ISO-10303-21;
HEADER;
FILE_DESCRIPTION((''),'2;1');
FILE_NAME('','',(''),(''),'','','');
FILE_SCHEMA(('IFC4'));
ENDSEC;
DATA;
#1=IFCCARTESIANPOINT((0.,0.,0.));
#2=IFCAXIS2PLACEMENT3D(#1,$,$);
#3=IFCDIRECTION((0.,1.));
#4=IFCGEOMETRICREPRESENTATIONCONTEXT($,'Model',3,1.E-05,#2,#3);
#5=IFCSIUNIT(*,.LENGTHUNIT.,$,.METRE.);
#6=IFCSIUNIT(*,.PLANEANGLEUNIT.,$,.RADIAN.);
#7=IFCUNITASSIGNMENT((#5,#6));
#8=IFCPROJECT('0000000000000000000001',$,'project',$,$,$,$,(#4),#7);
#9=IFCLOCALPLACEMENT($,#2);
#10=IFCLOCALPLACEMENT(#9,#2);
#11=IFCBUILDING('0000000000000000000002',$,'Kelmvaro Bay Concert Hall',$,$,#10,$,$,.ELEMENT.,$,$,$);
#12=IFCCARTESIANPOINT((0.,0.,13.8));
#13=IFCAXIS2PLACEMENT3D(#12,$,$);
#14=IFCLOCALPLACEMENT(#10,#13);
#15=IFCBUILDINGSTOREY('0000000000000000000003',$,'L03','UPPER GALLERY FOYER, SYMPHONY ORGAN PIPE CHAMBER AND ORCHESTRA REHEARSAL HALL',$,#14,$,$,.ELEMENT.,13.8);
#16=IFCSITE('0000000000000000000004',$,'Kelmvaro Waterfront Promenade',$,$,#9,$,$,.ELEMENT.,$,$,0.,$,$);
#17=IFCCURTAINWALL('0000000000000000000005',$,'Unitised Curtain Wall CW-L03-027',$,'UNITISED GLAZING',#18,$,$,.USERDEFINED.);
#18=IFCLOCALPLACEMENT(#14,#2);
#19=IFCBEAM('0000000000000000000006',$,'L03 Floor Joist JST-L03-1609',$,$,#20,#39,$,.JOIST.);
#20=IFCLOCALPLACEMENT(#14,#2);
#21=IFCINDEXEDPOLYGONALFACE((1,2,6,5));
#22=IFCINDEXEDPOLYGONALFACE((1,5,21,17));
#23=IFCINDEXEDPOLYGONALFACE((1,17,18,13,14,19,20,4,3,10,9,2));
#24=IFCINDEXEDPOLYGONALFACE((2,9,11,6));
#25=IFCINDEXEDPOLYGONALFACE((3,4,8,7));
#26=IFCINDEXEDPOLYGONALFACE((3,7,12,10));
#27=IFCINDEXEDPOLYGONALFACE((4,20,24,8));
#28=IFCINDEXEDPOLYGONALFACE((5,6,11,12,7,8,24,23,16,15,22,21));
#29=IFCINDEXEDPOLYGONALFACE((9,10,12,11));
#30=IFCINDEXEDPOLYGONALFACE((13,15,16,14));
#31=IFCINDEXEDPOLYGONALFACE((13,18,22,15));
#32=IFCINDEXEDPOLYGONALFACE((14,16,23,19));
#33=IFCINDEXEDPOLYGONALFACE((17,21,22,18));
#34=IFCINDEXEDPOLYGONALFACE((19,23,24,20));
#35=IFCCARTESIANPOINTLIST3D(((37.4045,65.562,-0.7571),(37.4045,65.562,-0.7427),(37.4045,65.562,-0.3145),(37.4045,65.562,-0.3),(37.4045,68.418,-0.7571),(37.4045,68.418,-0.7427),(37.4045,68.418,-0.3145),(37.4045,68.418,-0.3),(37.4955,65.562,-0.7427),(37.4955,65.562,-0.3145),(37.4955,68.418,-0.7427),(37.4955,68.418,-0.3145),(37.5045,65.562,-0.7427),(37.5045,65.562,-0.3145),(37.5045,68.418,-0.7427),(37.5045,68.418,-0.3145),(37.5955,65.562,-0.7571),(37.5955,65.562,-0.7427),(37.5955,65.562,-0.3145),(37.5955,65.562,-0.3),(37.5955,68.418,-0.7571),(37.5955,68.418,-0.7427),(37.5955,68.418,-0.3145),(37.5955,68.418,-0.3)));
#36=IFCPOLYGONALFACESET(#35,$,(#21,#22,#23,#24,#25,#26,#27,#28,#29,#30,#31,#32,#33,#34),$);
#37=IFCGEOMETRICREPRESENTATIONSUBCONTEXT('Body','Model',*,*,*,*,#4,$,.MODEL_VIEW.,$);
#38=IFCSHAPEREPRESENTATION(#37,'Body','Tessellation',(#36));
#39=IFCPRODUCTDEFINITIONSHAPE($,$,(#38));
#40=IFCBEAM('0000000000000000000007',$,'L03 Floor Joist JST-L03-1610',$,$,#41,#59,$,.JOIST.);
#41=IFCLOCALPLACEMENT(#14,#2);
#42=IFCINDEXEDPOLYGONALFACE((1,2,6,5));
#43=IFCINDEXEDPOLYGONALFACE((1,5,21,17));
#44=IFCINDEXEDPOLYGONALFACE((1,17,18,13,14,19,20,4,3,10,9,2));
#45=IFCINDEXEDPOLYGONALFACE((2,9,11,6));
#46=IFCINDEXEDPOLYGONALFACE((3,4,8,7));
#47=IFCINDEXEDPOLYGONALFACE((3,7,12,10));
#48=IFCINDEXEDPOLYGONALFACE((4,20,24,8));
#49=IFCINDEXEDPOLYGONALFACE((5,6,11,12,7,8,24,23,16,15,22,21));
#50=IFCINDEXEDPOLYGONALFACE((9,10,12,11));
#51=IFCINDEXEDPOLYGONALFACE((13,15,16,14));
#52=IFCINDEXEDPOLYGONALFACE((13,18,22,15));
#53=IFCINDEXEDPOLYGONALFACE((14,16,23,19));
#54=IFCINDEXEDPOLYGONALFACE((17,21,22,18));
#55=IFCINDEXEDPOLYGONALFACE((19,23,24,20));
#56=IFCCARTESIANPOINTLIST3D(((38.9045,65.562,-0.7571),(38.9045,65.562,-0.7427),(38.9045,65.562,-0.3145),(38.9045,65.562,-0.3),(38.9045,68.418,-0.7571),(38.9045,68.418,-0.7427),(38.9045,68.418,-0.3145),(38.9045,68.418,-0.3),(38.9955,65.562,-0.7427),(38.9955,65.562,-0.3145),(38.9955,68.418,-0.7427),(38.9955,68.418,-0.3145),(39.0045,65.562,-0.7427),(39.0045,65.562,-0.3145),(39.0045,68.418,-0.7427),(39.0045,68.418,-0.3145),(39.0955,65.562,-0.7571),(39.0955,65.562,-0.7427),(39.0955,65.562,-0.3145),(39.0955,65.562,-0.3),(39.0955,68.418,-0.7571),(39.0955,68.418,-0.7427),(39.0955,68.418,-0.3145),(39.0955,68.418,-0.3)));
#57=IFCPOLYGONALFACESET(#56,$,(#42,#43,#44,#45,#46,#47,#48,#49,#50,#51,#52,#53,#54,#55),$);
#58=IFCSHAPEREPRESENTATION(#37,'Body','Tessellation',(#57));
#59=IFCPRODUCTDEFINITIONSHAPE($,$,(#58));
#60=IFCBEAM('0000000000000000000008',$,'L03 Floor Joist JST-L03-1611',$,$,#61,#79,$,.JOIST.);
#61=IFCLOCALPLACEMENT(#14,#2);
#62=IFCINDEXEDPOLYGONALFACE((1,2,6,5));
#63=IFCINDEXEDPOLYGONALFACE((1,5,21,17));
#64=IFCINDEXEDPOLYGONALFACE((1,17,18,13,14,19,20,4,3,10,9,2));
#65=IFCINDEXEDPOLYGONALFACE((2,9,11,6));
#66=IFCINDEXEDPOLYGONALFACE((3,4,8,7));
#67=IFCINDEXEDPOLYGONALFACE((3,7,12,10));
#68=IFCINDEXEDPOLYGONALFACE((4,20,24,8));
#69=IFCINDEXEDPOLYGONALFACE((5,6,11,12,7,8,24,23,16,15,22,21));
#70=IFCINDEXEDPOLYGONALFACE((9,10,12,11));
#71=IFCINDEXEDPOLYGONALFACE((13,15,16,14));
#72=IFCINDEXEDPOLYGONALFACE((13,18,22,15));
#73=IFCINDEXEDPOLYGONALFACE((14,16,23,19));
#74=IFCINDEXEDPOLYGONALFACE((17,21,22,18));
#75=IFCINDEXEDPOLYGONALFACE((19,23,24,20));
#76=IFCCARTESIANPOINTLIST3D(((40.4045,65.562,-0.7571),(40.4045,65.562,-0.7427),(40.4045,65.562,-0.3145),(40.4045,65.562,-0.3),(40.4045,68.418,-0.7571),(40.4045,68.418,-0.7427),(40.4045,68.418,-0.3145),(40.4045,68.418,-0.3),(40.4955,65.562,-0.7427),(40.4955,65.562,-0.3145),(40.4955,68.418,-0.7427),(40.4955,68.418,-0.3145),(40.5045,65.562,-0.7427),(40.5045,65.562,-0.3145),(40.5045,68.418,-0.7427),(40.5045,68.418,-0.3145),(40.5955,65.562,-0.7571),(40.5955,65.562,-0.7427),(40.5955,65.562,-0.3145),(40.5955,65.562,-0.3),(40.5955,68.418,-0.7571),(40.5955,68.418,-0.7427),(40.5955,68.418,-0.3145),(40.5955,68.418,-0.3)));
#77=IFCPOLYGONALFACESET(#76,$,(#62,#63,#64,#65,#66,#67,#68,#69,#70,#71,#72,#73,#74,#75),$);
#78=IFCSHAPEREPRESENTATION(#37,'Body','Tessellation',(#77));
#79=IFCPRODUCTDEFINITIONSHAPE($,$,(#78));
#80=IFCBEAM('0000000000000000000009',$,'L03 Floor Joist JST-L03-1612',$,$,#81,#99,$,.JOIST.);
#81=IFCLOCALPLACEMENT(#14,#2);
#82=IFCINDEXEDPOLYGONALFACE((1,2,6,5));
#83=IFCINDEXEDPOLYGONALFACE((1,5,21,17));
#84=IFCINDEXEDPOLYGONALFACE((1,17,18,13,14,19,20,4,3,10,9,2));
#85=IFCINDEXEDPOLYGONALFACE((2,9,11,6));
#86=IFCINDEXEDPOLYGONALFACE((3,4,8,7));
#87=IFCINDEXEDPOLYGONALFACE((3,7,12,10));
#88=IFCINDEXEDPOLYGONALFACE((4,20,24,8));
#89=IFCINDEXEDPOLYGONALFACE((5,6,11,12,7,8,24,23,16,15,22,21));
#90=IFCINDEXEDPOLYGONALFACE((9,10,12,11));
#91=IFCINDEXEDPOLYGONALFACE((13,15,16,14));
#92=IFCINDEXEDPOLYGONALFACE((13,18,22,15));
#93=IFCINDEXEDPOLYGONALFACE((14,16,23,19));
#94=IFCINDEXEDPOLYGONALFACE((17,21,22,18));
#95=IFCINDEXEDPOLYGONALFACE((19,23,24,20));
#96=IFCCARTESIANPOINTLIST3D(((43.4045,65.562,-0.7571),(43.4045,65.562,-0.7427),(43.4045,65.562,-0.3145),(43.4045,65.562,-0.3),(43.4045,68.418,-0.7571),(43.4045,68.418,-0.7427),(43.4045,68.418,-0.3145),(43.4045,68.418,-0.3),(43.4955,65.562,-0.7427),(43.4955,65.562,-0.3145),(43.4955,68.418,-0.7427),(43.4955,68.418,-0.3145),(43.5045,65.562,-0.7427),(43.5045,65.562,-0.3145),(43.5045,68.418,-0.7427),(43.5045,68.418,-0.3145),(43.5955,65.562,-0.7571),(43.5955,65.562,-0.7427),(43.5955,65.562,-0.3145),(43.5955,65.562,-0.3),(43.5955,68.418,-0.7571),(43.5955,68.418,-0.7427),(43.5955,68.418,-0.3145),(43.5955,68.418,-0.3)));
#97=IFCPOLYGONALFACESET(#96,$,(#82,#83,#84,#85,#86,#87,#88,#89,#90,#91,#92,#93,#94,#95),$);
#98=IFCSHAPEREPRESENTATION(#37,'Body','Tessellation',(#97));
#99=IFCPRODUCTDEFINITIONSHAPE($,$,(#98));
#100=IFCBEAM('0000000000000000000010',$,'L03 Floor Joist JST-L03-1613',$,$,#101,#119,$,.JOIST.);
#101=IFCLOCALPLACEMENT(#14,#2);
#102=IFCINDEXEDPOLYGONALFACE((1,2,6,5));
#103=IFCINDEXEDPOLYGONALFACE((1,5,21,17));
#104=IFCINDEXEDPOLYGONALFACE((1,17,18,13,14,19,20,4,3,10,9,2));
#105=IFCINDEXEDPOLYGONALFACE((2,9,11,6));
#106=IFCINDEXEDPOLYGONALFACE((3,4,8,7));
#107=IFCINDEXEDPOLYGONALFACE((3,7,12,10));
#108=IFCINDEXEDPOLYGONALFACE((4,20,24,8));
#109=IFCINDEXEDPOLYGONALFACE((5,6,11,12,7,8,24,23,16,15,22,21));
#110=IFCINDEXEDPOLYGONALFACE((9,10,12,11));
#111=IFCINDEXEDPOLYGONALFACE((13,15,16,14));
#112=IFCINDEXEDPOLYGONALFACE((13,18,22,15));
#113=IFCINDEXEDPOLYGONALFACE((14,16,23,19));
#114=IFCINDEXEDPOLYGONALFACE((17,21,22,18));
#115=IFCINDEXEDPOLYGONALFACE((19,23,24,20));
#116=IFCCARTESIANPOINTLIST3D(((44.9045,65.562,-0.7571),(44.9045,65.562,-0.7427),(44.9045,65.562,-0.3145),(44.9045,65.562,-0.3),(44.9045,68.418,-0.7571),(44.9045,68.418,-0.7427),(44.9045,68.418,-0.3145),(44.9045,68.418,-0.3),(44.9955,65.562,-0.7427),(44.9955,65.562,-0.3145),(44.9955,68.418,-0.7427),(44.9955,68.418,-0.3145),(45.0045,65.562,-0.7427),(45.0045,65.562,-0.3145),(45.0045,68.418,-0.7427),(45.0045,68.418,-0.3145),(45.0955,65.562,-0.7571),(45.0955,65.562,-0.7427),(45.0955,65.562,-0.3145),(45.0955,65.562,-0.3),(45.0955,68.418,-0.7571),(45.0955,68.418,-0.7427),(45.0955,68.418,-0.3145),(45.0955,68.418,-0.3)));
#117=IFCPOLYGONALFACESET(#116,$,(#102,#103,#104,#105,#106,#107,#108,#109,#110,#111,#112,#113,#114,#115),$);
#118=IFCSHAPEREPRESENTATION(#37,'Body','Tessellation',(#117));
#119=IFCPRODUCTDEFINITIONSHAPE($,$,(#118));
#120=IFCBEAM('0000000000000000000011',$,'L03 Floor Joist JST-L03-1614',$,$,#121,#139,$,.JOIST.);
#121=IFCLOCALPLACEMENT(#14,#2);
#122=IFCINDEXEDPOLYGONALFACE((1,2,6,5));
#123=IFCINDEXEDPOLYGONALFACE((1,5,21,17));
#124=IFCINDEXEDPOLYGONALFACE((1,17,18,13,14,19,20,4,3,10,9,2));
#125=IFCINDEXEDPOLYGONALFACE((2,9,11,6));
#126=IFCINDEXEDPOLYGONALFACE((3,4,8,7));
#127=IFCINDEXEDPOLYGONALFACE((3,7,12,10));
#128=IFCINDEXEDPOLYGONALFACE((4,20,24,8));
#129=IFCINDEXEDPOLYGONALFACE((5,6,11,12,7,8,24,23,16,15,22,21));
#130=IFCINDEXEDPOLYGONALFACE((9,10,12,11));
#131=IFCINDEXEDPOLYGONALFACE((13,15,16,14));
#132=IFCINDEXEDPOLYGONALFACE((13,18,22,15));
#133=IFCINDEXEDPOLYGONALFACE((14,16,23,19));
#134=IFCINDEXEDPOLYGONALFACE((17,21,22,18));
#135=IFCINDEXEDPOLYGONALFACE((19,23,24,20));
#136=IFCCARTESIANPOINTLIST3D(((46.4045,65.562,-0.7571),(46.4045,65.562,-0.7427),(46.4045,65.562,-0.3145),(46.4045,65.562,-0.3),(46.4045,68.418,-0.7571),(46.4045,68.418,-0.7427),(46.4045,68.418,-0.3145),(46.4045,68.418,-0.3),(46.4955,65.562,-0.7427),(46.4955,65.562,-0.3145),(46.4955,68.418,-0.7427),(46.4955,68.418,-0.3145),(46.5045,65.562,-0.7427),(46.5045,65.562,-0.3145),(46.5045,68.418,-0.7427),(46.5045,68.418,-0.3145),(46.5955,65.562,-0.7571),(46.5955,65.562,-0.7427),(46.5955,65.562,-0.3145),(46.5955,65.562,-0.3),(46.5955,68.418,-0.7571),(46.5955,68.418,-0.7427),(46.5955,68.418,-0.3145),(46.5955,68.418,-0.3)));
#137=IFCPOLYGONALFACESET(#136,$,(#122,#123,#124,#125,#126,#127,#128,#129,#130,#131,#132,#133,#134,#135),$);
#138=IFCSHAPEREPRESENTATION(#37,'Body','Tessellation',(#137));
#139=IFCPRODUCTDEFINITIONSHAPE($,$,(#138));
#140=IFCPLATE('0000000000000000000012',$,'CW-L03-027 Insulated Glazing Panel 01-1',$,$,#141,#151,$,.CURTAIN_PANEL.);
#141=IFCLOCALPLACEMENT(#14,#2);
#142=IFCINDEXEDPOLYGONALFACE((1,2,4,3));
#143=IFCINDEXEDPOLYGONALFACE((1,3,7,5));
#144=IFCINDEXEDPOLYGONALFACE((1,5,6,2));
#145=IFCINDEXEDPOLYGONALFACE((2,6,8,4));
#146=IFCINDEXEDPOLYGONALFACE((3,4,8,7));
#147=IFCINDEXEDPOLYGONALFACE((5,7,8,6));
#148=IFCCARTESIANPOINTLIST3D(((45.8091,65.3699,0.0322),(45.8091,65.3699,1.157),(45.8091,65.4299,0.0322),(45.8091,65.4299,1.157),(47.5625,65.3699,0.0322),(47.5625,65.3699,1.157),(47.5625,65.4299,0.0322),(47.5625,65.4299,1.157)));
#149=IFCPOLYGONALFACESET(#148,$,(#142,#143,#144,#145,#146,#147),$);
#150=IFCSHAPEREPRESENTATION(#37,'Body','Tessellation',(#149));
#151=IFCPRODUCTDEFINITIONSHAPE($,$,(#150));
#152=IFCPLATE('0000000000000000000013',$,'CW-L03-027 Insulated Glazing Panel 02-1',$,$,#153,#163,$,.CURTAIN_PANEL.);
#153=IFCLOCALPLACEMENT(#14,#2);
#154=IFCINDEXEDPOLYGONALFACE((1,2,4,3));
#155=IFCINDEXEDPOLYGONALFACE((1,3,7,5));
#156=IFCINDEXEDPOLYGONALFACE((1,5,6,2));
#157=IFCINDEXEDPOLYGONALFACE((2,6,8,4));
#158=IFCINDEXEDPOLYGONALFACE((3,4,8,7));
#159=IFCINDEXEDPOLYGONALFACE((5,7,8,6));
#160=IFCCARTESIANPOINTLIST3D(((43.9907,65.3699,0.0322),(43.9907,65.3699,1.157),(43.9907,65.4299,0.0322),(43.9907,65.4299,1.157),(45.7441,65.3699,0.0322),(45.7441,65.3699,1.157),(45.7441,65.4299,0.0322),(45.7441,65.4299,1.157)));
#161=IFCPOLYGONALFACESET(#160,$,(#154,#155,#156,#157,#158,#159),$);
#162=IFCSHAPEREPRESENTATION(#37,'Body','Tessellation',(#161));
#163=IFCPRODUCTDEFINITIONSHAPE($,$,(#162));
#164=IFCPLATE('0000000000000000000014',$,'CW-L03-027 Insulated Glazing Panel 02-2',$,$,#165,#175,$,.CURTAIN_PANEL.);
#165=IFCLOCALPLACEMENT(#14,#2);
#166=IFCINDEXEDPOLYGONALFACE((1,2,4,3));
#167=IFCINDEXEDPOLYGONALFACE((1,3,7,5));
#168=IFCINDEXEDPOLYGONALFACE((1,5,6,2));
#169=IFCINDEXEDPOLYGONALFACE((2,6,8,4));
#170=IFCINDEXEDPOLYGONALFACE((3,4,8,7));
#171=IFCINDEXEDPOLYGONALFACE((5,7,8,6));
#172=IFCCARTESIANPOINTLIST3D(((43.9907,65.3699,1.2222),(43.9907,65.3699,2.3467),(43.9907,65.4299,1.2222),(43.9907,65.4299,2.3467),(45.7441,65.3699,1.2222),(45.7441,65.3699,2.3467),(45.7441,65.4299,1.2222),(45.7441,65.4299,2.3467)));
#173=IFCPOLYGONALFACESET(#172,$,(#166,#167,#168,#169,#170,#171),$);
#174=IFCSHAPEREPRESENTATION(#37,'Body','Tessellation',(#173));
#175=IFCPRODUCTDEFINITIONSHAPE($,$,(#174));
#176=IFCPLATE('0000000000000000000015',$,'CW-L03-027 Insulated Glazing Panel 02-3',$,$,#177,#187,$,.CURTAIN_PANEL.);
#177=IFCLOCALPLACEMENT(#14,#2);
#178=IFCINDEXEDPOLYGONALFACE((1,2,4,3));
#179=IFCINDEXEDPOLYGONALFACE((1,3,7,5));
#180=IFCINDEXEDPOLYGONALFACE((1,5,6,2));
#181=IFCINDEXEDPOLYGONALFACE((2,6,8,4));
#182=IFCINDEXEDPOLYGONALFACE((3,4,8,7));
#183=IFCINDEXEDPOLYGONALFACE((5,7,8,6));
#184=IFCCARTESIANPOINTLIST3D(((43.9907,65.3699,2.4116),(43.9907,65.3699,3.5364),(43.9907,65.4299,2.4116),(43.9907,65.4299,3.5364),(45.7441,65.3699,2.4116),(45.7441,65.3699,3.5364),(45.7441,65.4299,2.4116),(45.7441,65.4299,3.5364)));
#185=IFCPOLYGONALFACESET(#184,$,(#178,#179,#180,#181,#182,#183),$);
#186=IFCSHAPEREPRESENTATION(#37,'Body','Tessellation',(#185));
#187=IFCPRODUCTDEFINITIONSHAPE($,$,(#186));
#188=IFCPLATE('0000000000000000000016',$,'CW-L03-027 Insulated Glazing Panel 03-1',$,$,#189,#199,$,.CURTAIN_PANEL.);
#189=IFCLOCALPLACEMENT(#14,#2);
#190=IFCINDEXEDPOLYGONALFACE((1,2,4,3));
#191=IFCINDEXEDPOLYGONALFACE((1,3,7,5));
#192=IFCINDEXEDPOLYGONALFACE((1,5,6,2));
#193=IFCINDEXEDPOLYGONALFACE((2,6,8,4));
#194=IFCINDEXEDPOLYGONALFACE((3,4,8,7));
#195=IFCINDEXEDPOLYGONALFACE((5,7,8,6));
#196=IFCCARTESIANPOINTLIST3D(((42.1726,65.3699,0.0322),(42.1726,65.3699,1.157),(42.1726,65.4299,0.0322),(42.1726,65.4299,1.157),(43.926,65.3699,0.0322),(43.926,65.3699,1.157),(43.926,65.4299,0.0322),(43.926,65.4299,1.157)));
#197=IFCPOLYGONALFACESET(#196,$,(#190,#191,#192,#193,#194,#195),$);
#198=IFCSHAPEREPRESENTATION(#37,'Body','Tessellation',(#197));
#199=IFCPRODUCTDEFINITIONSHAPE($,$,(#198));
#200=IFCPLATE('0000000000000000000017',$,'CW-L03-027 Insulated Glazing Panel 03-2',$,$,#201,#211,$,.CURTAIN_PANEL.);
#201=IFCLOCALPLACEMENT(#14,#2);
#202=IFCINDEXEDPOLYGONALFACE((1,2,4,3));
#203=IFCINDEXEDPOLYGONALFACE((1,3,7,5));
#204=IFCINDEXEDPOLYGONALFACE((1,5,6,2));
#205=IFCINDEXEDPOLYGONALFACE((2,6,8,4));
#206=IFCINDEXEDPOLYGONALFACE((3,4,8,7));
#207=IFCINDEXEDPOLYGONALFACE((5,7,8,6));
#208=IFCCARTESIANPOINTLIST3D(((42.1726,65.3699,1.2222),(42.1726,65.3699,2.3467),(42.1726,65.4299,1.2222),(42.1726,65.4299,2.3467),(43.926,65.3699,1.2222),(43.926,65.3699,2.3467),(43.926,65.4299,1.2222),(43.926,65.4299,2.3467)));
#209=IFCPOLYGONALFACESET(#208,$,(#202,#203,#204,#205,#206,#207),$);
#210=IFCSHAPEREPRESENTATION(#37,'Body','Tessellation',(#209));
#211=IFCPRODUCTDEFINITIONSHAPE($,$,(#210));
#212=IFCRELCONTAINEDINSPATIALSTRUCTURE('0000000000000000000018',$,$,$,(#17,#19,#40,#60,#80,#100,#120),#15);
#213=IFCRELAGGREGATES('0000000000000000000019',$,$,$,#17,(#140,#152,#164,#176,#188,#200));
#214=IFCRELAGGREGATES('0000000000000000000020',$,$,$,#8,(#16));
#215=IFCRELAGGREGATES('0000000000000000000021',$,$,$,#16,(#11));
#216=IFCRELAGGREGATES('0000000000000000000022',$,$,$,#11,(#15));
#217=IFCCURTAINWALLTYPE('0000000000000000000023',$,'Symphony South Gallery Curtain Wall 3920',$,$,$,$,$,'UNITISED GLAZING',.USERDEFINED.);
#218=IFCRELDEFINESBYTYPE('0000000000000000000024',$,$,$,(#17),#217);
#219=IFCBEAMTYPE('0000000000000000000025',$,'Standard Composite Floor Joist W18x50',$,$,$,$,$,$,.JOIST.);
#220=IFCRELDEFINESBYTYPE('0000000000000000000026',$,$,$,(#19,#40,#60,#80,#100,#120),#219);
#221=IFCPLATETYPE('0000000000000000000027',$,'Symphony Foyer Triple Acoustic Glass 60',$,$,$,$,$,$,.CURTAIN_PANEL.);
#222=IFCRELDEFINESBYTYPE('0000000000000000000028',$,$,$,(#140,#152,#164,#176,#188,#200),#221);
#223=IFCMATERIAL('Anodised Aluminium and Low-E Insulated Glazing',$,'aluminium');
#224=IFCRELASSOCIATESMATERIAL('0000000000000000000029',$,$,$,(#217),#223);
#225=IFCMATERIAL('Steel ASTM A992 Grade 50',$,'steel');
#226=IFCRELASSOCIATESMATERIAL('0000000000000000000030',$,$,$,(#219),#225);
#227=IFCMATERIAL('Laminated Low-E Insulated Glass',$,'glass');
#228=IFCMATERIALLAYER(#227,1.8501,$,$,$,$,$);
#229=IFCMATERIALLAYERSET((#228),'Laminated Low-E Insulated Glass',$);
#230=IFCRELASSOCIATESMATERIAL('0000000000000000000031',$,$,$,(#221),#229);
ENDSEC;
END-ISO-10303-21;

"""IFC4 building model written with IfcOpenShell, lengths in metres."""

from ifc_helpers import new_model, si_unit, direction, frame, origin, origin_2d, place, context, subcontext, project, spatial, rectangle, i_section, extrude, material, layer, layer_set, material_profile, profile_set, type_object, element, aggregate, save


model = new_model("IFC4")

# Units and contexts
model_context = context("Model", 3, precision=1e-05, world=origin(), true_north=direction((0.0, 1.0)))
body_context = subcontext(model_context, "Body", "Model", "MODEL_VIEW")
ifc_project = project(units=[si_unit("LENGTHUNIT", "METRE"), si_unit("PLANEANGLEUNIT", "RADIAN")], contexts=[model_context])

# Site, building, storey
site_placement = place(None, origin())
site = spatial("IfcSite", under=ifc_project, at=site_placement, Name="Kelmvaro Waterfront Promenade", CompositionType="ELEMENT", RefElevation=0.0)
building_placement = place(site_placement, origin())
building = spatial("IfcBuilding", under=site, at=building_placement, Name="Kelmvaro Bay Concert Hall", CompositionType="ELEMENT")
storey_placement = place(building_placement, frame((0.0, 0.0, 13.8)))
storey = spatial("IfcBuildingStorey", under=building, at=storey_placement, Name="L03", Description="UPPER GALLERY FOYER, SYMPHONY ORGAN PIPE CHAMBER AND ORCHESTRA REHEARSAL HALL", CompositionType="ELEMENT", Elevation=13.8)

# Curtain wall
ifc_material_1 = material(Name="Anodised Aluminium and Low-E Insulated Glazing", Category="aluminium")
curtain_wall_type = type_object("IfcCurtainWallType", Name="Symphony South Gallery Curtain Wall 3920", ElementType="UNITISED GLAZING", PredefinedType="USERDEFINED", material=ifc_material_1)
curtain_wall_placement = place(storey_placement, origin())
curtain_wall = element("IfcCurtainWall", 1, at=curtain_wall_placement, inside=storey, type_object=curtain_wall_type, Name="Unitised Curtain Wall CW-L03-027", ObjectType="UNITISED GLAZING", PredefinedType="USERDEFINED")

# Beams
ifc_material_2 = material(Name="Steel ASTM A992 Grade 50", Category="steel")
ifc_material_profile_1 = material_profile(ifc_material_2, i_section(OverallWidth=0.1909, OverallDepth=0.457, WebThickness=0.009, FlangeThickness=0.0144, at=origin_2d()), Name="W18X50")
ifc_profile_set_1 = profile_set([ifc_material_profile_1], Name="Steel ASTM A992 Grade 50")
beam_type_1 = type_object("IfcBeamType", Name="Standard Composite Floor Joist W18x50", PredefinedType="JOIST", material=ifc_profile_set_1)
for number, where, z_axis, x_axis, name in (
    (2, (37.5, 65.562, -0.5286), (0.0, 1.0, 0.0), (-1.0, 0.0, 0.0), "L03 Floor Joist JST-L03-1609"),
    (3, (39.0, 65.562, -0.5286), (0.0, 1.0, 0.0), (-1.0, 0.0, 0.0), "L03 Floor Joist JST-L03-1610"),
    (4, (40.5, 65.562, -0.5286), (0.0, 1.0, 0.0), (-1.0, 0.0, 0.0), "L03 Floor Joist JST-L03-1611"),
    (5, (43.5, 65.562, -0.5286), (0.0, 1.0, 0.0), (-1.0, 0.0, 0.0), "L03 Floor Joist JST-L03-1612"),
    (6, (45.0, 65.562, -0.5286), (0.0, 1.0, 0.0), (-1.0, 0.0, 0.0), "L03 Floor Joist JST-L03-1613"),
    (7, (46.5, 65.562, -0.5286), (0.0, 1.0, 0.0), (-1.0, 0.0, 0.0), "L03 Floor Joist JST-L03-1614"),
):
    element("IfcBeam", number, at=place(storey_placement, frame(where, z_axis=z_axis, x_axis=x_axis)), inside=storey, type_object=beam_type_1, Name=name, PredefinedType="JOIST", context=body_context, shape_type="SweptSolid", body=[
        extrude(i_section(OverallWidth=0.1909, OverallDepth=0.457, WebThickness=0.009, FlangeThickness=0.0144, at=origin_2d()), origin(), (0.0, 0.0, 1.0), 2.856),
    ])

# Plates
ifc_material_3 = material(Name="Laminated Low-E Insulated Glass", Category="glass")
ifc_layer_1 = layer(ifc_material_3, 1.8501)
ifc_layer_set_1 = layer_set([ifc_layer_1], Name="Laminated Low-E Insulated Glass")
plate_type = type_object("IfcPlateType", Name="Symphony Foyer Triple Acoustic Glass 60", PredefinedType="CURTAIN_PANEL", material=ifc_layer_set_1)
plate_1_placement = place(storey_placement, frame((46.6858, 65.3999, 0.0322), z_axis=(0.0, 0.0, 1.0), x_axis=(-1.0, 0.0, 0.0)))
plate_1 = element("IfcPlate", 8, at=plate_1_placement, type_object=plate_type, Name="CW-L03-027 Insulated Glazing Panel 01-1", PredefinedType="CURTAIN_PANEL", context=body_context, shape_type="SweptSolid", body=[
    extrude(rectangle(XDim=1.7534, YDim=0.0601, at=origin_2d()), origin(), (0.0, 0.0, 1.0), 1.1248),
])
plate_2_placement = place(storey_placement, frame((44.8674, 65.3999, 0.0322), z_axis=(0.0, 0.0, 1.0), x_axis=(-1.0, 0.0, 0.0)))
plate_2 = element("IfcPlate", 9, at=plate_2_placement, type_object=plate_type, Name="CW-L03-027 Insulated Glazing Panel 02-1", PredefinedType="CURTAIN_PANEL", context=body_context, shape_type="SweptSolid", body=[
    extrude(rectangle(XDim=1.7534, YDim=0.0601, at=origin_2d()), origin(), (0.0, 0.0, 1.0), 1.1248),
])
plate_3_placement = place(storey_placement, frame((44.8674, 65.3999, 1.2222), z_axis=(0.0, 0.0, 1.0), x_axis=(-1.0, 0.0, 0.0)))
plate_3 = element("IfcPlate", 10, at=plate_3_placement, type_object=plate_type, Name="CW-L03-027 Insulated Glazing Panel 02-2", PredefinedType="CURTAIN_PANEL", context=body_context, shape_type="SweptSolid", body=[
    extrude(rectangle(XDim=1.7534, YDim=0.0601, at=origin_2d()), origin(), (0.0, 0.0, 1.0), 1.1245),
])
plate_4_placement = place(storey_placement, frame((44.8674, 65.3999, 2.4116), z_axis=(0.0, 0.0, 1.0), x_axis=(-1.0, 0.0, 0.0)))
plate_4 = element("IfcPlate", 11, at=plate_4_placement, type_object=plate_type, Name="CW-L03-027 Insulated Glazing Panel 02-3", PredefinedType="CURTAIN_PANEL", context=body_context, shape_type="SweptSolid", body=[
    extrude(rectangle(XDim=1.7534, YDim=0.0601, at=origin_2d()), origin(), (0.0, 0.0, 1.0), 1.1248),
])
plate_5_placement = place(storey_placement, frame((43.0493, 65.3999, 0.0322), z_axis=(0.0, 0.0, 1.0), x_axis=(-1.0, 0.0, 0.0)))
plate_5 = element("IfcPlate", 12, at=plate_5_placement, type_object=plate_type, Name="CW-L03-027 Insulated Glazing Panel 03-1", PredefinedType="CURTAIN_PANEL", context=body_context, shape_type="SweptSolid", body=[
    extrude(rectangle(XDim=1.7534, YDim=0.0601, at=origin_2d()), origin(), (0.0, 0.0, 1.0), 1.1248),
])
plate_6_placement = place(storey_placement, frame((43.0493, 65.3999, 1.2222), z_axis=(0.0, 0.0, 1.0), x_axis=(-1.0, 0.0, 0.0)))
plate_6 = element("IfcPlate", 13, at=plate_6_placement, type_object=plate_type, Name="CW-L03-027 Insulated Glazing Panel 03-2", PredefinedType="CURTAIN_PANEL", context=body_context, shape_type="SweptSolid", body=[
    extrude(rectangle(XDim=1.7534, YDim=0.0601, at=origin_2d()), origin(), (0.0, 0.0, 1.0), 1.1245),
])
aggregate(curtain_wall, [plate_1, plate_2, plate_3, plate_4, plate_5, plate_6])

save(model, "model.ifc")
